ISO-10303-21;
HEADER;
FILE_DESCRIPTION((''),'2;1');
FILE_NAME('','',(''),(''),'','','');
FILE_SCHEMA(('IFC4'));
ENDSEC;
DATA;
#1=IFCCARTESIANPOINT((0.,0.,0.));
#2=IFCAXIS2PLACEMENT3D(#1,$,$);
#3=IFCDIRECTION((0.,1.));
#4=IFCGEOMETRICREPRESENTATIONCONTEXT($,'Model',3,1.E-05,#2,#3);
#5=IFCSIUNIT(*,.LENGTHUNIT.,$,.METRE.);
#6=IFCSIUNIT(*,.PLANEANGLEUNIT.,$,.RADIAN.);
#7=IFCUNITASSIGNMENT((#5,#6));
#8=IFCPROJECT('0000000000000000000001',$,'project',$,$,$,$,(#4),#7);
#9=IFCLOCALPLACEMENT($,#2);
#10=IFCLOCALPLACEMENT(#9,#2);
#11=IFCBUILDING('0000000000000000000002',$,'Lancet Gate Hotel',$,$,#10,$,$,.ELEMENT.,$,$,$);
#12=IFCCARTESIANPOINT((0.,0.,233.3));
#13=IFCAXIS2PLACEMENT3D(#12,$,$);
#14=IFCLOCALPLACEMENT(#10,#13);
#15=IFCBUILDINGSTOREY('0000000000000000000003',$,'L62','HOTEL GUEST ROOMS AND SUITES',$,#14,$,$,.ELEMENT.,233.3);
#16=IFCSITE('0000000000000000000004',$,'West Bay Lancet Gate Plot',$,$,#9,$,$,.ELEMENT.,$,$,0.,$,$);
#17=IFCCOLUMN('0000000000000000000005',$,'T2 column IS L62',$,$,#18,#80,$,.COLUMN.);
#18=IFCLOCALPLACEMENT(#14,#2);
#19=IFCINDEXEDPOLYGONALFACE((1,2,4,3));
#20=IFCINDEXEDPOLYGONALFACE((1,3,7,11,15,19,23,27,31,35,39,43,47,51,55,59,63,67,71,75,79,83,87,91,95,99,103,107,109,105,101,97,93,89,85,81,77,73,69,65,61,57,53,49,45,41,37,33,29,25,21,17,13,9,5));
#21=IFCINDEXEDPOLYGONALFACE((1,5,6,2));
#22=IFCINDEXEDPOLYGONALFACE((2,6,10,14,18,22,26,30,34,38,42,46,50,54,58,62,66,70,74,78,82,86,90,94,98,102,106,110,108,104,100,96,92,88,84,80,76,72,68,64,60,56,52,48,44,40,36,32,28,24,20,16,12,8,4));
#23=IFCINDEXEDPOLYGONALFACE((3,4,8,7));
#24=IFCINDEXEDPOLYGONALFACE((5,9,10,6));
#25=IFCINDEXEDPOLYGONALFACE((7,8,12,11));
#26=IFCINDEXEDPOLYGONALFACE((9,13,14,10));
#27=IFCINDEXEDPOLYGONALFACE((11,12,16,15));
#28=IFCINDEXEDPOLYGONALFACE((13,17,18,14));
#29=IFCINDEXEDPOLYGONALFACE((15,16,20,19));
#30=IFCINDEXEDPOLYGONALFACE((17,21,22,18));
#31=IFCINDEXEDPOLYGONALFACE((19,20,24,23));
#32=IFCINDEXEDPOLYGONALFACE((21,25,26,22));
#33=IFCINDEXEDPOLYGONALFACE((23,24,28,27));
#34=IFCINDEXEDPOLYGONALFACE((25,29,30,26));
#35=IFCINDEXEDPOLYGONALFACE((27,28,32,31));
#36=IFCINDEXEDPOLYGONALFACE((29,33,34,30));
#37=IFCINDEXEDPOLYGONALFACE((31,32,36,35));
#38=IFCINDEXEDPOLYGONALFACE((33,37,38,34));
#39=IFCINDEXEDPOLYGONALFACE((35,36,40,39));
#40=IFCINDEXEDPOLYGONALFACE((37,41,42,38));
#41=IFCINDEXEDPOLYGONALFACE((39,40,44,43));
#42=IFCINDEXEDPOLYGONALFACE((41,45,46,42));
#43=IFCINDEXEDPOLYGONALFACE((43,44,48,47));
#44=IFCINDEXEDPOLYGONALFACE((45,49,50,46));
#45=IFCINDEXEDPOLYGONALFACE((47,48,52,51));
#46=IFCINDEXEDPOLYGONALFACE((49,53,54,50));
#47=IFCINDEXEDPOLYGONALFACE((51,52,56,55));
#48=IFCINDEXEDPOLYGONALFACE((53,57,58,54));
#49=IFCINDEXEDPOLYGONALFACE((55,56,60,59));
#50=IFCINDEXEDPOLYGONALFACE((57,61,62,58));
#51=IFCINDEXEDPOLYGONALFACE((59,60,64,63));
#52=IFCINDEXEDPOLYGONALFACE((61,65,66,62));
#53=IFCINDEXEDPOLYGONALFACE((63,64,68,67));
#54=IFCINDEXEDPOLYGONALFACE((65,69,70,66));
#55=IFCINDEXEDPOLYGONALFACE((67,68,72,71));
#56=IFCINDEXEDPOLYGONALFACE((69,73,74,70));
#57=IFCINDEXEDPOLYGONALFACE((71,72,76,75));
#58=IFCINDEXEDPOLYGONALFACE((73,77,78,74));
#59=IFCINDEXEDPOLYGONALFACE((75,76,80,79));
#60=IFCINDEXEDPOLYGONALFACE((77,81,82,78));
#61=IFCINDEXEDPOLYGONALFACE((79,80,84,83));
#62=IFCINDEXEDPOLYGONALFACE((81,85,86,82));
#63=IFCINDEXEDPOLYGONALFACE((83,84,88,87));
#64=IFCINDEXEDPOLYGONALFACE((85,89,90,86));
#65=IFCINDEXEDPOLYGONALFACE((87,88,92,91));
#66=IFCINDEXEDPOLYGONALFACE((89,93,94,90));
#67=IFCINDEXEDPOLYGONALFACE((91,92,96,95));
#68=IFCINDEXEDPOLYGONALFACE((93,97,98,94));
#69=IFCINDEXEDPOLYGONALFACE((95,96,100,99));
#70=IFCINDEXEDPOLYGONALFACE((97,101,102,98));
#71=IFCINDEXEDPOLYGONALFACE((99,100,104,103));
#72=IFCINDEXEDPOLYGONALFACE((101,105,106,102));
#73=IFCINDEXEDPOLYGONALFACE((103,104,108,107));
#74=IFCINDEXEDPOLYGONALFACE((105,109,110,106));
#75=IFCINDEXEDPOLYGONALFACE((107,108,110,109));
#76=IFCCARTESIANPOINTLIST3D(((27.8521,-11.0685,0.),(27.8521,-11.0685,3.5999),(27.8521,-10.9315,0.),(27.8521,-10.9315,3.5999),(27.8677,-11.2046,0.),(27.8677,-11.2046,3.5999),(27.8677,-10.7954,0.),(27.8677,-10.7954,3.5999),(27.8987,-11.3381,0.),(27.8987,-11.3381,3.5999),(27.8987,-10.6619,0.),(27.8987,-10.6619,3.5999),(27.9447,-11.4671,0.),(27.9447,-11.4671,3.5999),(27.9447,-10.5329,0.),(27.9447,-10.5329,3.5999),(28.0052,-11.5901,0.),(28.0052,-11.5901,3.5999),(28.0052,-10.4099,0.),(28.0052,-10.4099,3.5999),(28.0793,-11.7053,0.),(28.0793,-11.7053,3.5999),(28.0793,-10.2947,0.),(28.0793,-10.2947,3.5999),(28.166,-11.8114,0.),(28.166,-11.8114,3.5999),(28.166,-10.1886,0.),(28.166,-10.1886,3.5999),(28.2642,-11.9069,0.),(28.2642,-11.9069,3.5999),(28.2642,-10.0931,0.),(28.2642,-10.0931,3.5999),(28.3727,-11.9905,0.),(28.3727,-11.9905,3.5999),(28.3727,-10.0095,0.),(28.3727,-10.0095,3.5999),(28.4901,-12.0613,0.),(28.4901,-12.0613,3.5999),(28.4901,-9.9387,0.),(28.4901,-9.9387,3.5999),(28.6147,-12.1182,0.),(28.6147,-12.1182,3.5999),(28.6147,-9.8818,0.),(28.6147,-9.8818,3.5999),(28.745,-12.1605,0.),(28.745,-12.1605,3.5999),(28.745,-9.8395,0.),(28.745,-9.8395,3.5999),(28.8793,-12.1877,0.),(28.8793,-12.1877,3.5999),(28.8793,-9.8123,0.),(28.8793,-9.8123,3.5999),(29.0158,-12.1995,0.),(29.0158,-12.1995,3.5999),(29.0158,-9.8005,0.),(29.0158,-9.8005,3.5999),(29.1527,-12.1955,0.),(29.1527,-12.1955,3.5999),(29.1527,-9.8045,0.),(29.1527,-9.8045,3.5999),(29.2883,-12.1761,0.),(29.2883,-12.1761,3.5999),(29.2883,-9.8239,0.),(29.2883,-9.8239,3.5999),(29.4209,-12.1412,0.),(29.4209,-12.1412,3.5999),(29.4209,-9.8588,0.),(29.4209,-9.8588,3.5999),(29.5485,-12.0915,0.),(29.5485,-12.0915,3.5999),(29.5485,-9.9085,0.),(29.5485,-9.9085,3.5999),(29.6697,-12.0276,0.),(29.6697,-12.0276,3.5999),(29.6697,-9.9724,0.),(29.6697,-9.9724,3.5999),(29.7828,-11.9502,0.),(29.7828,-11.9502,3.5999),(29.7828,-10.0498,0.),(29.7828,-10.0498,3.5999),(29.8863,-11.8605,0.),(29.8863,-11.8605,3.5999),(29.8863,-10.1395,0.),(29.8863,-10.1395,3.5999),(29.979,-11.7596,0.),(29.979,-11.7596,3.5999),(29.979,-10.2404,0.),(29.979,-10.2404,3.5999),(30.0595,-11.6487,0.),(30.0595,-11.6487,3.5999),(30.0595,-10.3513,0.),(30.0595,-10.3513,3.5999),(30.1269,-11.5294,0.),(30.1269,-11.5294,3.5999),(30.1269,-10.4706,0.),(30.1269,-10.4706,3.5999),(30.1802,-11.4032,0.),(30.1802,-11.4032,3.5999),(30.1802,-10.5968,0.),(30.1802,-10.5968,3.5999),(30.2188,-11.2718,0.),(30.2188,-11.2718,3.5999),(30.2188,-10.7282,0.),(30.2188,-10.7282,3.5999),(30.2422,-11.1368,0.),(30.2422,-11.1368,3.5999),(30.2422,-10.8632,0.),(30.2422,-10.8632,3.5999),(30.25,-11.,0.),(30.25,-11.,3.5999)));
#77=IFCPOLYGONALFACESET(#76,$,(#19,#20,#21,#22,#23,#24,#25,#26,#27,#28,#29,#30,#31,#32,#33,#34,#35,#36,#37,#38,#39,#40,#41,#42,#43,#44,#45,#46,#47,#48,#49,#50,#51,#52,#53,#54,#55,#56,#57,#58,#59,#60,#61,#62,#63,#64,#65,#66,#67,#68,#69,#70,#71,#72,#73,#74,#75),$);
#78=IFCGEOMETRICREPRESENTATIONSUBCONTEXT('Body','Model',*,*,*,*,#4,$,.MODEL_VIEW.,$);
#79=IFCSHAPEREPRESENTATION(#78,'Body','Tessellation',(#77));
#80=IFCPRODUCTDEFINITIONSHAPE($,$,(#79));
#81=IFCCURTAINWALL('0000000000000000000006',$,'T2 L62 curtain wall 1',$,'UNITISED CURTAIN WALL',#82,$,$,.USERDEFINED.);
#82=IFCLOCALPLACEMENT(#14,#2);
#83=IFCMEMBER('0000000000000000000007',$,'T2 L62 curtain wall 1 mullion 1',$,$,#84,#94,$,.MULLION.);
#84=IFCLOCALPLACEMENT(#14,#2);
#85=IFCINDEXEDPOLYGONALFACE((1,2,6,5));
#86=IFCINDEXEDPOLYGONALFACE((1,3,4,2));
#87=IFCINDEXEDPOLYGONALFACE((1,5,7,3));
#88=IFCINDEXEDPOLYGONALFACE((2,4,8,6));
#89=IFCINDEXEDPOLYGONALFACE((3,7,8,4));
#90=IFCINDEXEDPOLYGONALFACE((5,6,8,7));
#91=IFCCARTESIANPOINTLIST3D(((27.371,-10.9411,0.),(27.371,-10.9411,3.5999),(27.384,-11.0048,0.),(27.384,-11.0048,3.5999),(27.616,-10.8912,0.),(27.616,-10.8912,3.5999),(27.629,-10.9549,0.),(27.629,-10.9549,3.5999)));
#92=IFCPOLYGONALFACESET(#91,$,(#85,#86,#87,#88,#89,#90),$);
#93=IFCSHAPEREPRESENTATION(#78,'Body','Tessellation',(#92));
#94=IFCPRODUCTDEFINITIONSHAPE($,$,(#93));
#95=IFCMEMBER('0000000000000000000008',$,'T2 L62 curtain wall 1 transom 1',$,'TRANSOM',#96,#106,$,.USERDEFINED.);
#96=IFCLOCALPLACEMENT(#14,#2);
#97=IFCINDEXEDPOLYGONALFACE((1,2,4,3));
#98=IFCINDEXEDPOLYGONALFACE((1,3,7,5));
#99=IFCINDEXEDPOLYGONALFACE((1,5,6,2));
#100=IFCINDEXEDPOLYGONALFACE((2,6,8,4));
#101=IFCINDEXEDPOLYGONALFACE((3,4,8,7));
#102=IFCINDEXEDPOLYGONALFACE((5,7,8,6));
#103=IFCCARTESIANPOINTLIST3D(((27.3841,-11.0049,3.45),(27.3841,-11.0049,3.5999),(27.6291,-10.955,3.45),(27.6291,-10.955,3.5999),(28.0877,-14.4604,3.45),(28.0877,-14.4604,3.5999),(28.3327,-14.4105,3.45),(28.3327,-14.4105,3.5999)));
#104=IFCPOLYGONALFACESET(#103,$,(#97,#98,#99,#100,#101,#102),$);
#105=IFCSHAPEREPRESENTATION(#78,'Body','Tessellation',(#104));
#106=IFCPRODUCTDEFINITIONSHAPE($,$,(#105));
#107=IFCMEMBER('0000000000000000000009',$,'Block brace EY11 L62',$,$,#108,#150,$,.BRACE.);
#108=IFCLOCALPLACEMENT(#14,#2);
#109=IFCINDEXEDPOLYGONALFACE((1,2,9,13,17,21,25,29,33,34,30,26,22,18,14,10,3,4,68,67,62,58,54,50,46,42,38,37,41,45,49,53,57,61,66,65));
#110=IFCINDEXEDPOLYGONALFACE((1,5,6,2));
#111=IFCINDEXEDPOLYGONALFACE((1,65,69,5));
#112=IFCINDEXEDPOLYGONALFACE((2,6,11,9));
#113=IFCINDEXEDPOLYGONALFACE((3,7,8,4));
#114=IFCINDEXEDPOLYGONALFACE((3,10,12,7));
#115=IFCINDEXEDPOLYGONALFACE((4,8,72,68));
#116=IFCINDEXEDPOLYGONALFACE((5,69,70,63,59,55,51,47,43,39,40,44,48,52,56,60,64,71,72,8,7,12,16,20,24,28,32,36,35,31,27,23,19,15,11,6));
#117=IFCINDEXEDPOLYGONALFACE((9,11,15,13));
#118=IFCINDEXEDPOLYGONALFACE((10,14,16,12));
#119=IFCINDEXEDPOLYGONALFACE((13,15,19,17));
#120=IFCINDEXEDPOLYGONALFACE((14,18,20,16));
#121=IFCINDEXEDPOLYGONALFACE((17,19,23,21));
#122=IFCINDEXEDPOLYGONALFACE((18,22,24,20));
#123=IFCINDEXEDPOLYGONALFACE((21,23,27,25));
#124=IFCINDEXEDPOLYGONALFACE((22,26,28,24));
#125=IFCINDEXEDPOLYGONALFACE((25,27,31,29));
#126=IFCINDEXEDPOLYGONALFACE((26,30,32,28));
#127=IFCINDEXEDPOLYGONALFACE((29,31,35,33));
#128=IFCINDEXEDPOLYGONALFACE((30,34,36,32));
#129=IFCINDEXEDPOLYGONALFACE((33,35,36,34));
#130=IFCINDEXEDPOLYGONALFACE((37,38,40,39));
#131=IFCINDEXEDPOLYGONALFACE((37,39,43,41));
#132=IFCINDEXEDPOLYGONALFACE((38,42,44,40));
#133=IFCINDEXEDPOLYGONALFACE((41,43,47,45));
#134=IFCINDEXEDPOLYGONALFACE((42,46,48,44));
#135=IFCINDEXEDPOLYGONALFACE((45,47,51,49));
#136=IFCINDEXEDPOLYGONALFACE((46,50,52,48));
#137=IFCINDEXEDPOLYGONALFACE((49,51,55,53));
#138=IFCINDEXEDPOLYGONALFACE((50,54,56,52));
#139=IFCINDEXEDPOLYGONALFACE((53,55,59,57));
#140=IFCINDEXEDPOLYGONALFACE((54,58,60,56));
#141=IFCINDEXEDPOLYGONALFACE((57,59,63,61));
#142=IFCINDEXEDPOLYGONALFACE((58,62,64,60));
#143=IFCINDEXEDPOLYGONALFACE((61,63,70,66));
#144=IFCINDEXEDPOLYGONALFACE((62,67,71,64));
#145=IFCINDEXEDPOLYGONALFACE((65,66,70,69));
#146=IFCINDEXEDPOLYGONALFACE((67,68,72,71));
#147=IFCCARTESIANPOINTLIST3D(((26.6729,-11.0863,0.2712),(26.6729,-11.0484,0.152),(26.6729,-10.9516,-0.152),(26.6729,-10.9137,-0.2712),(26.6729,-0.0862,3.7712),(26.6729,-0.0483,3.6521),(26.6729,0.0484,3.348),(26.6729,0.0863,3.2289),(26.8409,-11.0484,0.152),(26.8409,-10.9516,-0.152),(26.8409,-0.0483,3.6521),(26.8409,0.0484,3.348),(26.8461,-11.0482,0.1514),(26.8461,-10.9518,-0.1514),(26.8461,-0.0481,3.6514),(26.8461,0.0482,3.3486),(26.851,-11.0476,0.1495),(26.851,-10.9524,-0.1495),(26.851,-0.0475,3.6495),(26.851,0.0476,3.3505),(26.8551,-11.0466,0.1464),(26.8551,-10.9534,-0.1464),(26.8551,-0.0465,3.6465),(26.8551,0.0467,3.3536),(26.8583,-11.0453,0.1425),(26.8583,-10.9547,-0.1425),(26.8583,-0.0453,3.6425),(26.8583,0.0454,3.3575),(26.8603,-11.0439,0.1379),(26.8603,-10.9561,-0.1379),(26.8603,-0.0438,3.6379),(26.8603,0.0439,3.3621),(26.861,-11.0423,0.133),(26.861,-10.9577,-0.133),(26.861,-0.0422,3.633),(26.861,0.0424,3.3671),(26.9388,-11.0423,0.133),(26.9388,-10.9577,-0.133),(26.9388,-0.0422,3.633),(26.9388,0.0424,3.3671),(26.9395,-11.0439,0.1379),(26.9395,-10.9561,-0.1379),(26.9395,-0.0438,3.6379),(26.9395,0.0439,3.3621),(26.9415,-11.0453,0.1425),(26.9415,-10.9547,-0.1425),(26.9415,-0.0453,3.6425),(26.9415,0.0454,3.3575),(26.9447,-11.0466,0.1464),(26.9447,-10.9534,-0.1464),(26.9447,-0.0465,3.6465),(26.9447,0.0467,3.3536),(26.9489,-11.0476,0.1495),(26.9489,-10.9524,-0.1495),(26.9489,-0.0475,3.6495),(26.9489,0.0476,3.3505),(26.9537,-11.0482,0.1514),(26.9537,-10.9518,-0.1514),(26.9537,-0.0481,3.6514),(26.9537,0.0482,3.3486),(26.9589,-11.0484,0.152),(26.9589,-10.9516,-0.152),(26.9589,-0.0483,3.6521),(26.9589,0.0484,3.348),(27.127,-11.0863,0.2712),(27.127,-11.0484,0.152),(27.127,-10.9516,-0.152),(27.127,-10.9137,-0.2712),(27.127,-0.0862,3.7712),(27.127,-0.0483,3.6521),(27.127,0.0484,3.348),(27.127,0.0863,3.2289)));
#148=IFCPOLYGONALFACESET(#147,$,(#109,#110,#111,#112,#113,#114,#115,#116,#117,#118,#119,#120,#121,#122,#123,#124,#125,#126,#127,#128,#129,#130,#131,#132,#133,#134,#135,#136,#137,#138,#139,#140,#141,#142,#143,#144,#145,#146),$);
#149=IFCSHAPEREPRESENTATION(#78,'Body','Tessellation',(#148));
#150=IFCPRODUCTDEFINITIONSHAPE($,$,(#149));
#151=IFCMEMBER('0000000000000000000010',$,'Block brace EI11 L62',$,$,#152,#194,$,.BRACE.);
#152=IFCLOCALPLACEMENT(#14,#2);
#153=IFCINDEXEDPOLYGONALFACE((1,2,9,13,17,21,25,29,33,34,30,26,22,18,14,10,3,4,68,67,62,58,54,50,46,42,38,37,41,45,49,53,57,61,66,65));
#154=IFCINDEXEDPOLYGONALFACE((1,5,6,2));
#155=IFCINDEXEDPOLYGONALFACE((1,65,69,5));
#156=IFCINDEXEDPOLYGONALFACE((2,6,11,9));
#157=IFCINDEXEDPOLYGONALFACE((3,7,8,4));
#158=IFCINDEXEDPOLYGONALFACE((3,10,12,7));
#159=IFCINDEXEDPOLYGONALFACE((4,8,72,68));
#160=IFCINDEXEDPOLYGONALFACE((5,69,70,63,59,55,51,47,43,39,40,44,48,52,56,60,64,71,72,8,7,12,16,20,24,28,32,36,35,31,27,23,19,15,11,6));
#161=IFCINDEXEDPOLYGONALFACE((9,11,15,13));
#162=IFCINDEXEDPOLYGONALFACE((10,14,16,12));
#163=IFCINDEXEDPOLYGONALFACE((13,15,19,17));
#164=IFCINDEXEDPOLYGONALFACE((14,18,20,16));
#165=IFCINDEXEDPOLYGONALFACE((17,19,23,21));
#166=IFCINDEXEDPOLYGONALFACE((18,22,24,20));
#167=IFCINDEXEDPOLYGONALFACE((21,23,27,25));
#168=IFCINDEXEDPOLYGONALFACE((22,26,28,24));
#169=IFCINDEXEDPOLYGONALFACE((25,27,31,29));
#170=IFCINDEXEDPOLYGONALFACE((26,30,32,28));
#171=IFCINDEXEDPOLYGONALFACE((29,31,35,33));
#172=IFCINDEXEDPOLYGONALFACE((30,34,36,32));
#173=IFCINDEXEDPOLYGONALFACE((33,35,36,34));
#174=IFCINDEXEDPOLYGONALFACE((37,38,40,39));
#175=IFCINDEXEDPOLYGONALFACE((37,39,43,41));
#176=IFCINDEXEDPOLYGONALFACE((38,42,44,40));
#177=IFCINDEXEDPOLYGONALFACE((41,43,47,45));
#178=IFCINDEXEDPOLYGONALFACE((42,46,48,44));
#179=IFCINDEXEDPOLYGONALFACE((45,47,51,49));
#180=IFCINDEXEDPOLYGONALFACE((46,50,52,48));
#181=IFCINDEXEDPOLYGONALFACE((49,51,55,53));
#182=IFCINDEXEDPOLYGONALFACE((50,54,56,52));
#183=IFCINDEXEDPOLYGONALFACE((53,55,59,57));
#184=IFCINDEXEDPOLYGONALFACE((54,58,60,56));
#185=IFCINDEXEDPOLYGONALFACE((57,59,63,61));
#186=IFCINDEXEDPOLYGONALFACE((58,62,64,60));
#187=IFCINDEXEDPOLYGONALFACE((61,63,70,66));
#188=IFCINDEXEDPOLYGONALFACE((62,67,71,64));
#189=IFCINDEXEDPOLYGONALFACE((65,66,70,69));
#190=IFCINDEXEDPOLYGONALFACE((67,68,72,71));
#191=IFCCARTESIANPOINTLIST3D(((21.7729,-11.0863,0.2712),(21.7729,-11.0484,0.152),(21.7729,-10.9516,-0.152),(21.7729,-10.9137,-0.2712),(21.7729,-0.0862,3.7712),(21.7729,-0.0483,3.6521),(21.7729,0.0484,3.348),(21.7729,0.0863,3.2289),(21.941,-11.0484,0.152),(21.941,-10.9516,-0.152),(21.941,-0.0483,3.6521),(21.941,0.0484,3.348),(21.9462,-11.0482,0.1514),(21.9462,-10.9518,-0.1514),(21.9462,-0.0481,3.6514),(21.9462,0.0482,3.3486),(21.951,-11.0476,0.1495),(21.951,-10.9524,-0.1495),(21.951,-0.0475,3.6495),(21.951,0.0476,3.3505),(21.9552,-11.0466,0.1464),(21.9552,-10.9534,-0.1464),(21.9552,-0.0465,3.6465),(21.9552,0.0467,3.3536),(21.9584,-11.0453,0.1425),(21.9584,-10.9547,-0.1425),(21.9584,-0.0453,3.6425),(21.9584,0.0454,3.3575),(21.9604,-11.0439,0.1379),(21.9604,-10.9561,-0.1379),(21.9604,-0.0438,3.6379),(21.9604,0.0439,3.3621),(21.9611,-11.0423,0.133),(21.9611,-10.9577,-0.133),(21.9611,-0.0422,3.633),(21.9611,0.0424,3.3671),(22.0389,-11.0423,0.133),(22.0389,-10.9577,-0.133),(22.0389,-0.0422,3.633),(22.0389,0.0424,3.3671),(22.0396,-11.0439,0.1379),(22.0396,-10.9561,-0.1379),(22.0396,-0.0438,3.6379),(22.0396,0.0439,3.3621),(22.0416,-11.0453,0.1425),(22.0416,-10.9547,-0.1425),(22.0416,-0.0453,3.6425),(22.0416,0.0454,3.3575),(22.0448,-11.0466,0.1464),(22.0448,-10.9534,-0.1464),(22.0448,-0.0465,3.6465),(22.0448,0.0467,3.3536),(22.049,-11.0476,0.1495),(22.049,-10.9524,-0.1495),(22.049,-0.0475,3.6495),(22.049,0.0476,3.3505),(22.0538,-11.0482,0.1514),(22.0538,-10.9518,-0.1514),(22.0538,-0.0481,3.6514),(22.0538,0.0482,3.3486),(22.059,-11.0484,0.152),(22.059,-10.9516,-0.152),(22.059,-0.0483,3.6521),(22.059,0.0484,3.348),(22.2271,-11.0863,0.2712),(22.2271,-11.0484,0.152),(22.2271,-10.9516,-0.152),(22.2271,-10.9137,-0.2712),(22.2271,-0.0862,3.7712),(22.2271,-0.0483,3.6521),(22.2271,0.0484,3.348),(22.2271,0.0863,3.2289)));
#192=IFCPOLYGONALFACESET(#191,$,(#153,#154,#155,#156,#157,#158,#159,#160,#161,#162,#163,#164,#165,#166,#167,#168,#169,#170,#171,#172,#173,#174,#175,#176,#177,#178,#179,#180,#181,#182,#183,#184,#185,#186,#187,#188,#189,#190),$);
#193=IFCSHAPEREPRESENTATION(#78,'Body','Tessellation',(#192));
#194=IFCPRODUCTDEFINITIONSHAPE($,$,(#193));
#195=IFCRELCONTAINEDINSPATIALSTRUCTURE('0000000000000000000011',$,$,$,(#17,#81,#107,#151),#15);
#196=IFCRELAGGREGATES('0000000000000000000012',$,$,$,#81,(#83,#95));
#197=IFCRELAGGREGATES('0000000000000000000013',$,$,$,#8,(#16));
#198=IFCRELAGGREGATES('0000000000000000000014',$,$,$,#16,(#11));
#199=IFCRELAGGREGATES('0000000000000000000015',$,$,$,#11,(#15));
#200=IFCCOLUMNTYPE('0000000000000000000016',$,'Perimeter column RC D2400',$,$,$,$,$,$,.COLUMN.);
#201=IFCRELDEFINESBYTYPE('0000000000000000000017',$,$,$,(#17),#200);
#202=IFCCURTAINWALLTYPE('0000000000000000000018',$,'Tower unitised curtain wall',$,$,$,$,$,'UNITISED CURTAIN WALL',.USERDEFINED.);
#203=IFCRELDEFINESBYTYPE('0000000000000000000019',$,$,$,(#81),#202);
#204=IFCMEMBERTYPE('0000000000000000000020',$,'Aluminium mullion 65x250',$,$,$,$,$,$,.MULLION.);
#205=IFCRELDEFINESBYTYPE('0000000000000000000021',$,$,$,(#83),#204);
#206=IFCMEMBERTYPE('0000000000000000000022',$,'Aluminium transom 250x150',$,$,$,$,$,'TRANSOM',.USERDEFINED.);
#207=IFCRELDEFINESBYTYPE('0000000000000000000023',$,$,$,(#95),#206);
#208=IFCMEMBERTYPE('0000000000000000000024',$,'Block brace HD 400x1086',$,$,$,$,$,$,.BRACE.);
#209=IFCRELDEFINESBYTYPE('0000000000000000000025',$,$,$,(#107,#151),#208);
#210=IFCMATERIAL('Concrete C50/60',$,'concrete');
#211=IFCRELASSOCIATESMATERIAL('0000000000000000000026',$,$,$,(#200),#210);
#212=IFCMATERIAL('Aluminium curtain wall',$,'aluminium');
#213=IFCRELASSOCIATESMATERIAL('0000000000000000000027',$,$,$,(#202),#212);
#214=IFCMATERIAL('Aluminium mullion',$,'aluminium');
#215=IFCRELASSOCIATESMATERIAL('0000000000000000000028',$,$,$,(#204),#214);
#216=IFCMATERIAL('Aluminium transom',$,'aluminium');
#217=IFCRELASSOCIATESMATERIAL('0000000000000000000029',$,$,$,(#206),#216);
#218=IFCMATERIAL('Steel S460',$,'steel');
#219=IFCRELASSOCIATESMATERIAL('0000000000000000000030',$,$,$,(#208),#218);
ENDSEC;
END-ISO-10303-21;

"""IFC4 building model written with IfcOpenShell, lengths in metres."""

from ifc_helpers import new_model, si_unit, direction, frame, origin, origin_2d, place, context, subcontext, project, spatial, rectangle, circle, i_section, extrude, material, material_profile, profile_set, type_object, element, aggregate, save


model = new_model("IFC4")

# Units and contexts
model_context = context("Model", 3, precision=1e-05, world=origin(), true_north=direction((0.0, 1.0)))
body_context = subcontext(model_context, "Body", "Model", "MODEL_VIEW")
ifc_project = project(units=[si_unit("LENGTHUNIT", "METRE"), si_unit("PLANEANGLEUNIT", "RADIAN")], contexts=[model_context])

# Site, building, storey
site_placement = place(None, origin())
site = spatial("IfcSite", under=ifc_project, at=site_placement, Name="West Bay Lancet Gate Plot", CompositionType="ELEMENT", RefElevation=0.0)
building_placement = place(site_placement, origin())
building = spatial("IfcBuilding", under=site, at=building_placement, Name="Lancet Gate Hotel", CompositionType="ELEMENT")
storey_placement = place(building_placement, frame((0.0, 0.0, 233.3)))
storey = spatial("IfcBuildingStorey", under=building, at=storey_placement, Name="L62", Description="HOTEL GUEST ROOMS AND SUITES", CompositionType="ELEMENT", Elevation=233.3)

# Column
ifc_material_1 = material(Name="Concrete C50/60", Category="concrete")
ifc_material_profile_1 = material_profile(ifc_material_1, circle(Radius=1.2, at=origin_2d()), Name="RC D2400")
ifc_profile_set_1 = profile_set([ifc_material_profile_1], Name="Concrete C50/60")
column_type_1 = type_object("IfcColumnType", Name="Perimeter column RC D2400", PredefinedType="COLUMN", material=ifc_profile_set_1)
column_placement = place(storey_placement, frame((29.05, -11.0, 0.0), z_axis=(0.0, 0.0, 1.0), x_axis=(1.0, 0.0, 0.0)))
element("IfcColumn", 1, at=column_placement, inside=storey, type_object=column_type_1, Name="T2 column IS L62", PredefinedType="COLUMN", context=body_context, shape_type="SweptSolid", body=[
    extrude(circle(Radius=1.2, at=origin_2d()), origin(), (0.0, 0.0, 1.0), 3.5999),
])

# Curtain wall, members
ifc_material_2 = material(Name="Aluminium curtain wall", Category="aluminium")
curtain_wall_type = type_object("IfcCurtainWallType", Name="Tower unitised curtain wall", ElementType="UNITISED CURTAIN WALL", PredefinedType="USERDEFINED", material=ifc_material_2)
curtain_wall_placement = place(storey_placement, origin())
curtain_wall = element("IfcCurtainWall", 2, at=curtain_wall_placement, inside=storey, type_object=curtain_wall_type, Name="T2 L62 curtain wall 1", ObjectType="UNITISED CURTAIN WALL", PredefinedType="USERDEFINED")
ifc_material_3 = material(Name="Aluminium mullion", Category="aluminium")
ifc_material_profile_2 = material_profile(ifc_material_3, rectangle(XDim=0.0649, YDim=0.25, at=origin_2d()), Name="MULLION 65x250")
ifc_profile_set_2 = profile_set([ifc_material_profile_2], Name="Aluminium mullion")
member_type_1 = type_object("IfcMemberType", Name="Aluminium mullion 65x250", PredefinedType="MULLION", material=ifc_profile_set_2)
member_1_placement = place(storey_placement, frame((27.5, -10.948, 0.0), z_axis=(0.0, 0.0, 1.0), x_axis=(0.199533, -0.979891, 0.0)))
member_1 = element("IfcMember", 3, at=member_1_placement, type_object=member_type_1, Name="T2 L62 curtain wall 1 mullion 1", PredefinedType="MULLION", context=body_context, shape_type="SweptSolid", body=[
    extrude(rectangle(XDim=0.0649, YDim=0.25, at=origin_2d()), origin(), (0.0, 0.0, 1.0), 3.5999),
])
ifc_material_4 = material(Name="Aluminium transom", Category="aluminium")
ifc_material_profile_3 = material_profile(ifc_material_4, rectangle(XDim=0.25, YDim=0.1499, at=origin_2d()), Name="TRANSOM 250x150")
ifc_profile_set_3 = profile_set([ifc_material_profile_3], Name="Aluminium transom")
member_type_2 = type_object("IfcMemberType", Name="Aluminium transom 250x150", ElementType="TRANSOM", PredefinedType="USERDEFINED", material=ifc_profile_set_3)
member_2_placement = place(storey_placement, frame((27.5066, -10.98, 3.5249), z_axis=(0.199523, -0.979893, 0.0), x_axis=(0.979893, 0.199523, 0.0)))
member_2 = element("IfcMember", 4, at=member_2_placement, type_object=member_type_2, Name="T2 L62 curtain wall 1 transom 1", ObjectType="TRANSOM", PredefinedType="USERDEFINED", context=body_context, shape_type="SweptSolid", body=[
    extrude(rectangle(XDim=0.25, YDim=0.1499, at=origin_2d()), origin(), (0.0, 0.0, 1.0), 3.5264),
])
aggregate(curtain_wall, [member_1, member_2])

# Members
ifc_material_5 = material(Name="Steel S460", Category="steel")
ifc_material_profile_4 = material_profile(ifc_material_5, i_section(OverallWidth=0.4541, OverallDepth=0.5691, WebThickness=0.0779, FlangeThickness=0.125, FilletRadius=0.02, at=origin_2d()), Name="HD 400x1086")
ifc_profile_set_4 = profile_set([ifc_material_profile_4], Name="Steel S460")
member_type_3 = type_object("IfcMemberType", Name="Block brace HD 400x1086", PredefinedType="BRACE", material=ifc_profile_set_4)
for number, where, z_axis, x_axis, name in (
    (5, (26.8999, -11.0, 0.0), (0.0, 0.952926, 0.303204), (-1.0, 0.0, 0.0), "Block brace EY11 L62"),
    (6, (22.0, -11.0, 0.0), (0.0, 0.952926, 0.303204), (-1.0, 0.0, 0.0), "Block brace EI11 L62"),
):
    element("IfcMember", number, at=place(storey_placement, frame(where, z_axis=z_axis, x_axis=x_axis)), inside=storey, type_object=member_type_3, Name=name, PredefinedType="BRACE", context=body_context, shape_type="SweptSolid", body=[
        extrude(i_section(OverallWidth=0.4541, OverallDepth=0.5691, WebThickness=0.0779, FlangeThickness=0.125, FilletRadius=0.02, at=origin_2d()), origin(), (0.0, 0.0, 1.0), 11.5435),
    ])

save(model, "model.ifc")
